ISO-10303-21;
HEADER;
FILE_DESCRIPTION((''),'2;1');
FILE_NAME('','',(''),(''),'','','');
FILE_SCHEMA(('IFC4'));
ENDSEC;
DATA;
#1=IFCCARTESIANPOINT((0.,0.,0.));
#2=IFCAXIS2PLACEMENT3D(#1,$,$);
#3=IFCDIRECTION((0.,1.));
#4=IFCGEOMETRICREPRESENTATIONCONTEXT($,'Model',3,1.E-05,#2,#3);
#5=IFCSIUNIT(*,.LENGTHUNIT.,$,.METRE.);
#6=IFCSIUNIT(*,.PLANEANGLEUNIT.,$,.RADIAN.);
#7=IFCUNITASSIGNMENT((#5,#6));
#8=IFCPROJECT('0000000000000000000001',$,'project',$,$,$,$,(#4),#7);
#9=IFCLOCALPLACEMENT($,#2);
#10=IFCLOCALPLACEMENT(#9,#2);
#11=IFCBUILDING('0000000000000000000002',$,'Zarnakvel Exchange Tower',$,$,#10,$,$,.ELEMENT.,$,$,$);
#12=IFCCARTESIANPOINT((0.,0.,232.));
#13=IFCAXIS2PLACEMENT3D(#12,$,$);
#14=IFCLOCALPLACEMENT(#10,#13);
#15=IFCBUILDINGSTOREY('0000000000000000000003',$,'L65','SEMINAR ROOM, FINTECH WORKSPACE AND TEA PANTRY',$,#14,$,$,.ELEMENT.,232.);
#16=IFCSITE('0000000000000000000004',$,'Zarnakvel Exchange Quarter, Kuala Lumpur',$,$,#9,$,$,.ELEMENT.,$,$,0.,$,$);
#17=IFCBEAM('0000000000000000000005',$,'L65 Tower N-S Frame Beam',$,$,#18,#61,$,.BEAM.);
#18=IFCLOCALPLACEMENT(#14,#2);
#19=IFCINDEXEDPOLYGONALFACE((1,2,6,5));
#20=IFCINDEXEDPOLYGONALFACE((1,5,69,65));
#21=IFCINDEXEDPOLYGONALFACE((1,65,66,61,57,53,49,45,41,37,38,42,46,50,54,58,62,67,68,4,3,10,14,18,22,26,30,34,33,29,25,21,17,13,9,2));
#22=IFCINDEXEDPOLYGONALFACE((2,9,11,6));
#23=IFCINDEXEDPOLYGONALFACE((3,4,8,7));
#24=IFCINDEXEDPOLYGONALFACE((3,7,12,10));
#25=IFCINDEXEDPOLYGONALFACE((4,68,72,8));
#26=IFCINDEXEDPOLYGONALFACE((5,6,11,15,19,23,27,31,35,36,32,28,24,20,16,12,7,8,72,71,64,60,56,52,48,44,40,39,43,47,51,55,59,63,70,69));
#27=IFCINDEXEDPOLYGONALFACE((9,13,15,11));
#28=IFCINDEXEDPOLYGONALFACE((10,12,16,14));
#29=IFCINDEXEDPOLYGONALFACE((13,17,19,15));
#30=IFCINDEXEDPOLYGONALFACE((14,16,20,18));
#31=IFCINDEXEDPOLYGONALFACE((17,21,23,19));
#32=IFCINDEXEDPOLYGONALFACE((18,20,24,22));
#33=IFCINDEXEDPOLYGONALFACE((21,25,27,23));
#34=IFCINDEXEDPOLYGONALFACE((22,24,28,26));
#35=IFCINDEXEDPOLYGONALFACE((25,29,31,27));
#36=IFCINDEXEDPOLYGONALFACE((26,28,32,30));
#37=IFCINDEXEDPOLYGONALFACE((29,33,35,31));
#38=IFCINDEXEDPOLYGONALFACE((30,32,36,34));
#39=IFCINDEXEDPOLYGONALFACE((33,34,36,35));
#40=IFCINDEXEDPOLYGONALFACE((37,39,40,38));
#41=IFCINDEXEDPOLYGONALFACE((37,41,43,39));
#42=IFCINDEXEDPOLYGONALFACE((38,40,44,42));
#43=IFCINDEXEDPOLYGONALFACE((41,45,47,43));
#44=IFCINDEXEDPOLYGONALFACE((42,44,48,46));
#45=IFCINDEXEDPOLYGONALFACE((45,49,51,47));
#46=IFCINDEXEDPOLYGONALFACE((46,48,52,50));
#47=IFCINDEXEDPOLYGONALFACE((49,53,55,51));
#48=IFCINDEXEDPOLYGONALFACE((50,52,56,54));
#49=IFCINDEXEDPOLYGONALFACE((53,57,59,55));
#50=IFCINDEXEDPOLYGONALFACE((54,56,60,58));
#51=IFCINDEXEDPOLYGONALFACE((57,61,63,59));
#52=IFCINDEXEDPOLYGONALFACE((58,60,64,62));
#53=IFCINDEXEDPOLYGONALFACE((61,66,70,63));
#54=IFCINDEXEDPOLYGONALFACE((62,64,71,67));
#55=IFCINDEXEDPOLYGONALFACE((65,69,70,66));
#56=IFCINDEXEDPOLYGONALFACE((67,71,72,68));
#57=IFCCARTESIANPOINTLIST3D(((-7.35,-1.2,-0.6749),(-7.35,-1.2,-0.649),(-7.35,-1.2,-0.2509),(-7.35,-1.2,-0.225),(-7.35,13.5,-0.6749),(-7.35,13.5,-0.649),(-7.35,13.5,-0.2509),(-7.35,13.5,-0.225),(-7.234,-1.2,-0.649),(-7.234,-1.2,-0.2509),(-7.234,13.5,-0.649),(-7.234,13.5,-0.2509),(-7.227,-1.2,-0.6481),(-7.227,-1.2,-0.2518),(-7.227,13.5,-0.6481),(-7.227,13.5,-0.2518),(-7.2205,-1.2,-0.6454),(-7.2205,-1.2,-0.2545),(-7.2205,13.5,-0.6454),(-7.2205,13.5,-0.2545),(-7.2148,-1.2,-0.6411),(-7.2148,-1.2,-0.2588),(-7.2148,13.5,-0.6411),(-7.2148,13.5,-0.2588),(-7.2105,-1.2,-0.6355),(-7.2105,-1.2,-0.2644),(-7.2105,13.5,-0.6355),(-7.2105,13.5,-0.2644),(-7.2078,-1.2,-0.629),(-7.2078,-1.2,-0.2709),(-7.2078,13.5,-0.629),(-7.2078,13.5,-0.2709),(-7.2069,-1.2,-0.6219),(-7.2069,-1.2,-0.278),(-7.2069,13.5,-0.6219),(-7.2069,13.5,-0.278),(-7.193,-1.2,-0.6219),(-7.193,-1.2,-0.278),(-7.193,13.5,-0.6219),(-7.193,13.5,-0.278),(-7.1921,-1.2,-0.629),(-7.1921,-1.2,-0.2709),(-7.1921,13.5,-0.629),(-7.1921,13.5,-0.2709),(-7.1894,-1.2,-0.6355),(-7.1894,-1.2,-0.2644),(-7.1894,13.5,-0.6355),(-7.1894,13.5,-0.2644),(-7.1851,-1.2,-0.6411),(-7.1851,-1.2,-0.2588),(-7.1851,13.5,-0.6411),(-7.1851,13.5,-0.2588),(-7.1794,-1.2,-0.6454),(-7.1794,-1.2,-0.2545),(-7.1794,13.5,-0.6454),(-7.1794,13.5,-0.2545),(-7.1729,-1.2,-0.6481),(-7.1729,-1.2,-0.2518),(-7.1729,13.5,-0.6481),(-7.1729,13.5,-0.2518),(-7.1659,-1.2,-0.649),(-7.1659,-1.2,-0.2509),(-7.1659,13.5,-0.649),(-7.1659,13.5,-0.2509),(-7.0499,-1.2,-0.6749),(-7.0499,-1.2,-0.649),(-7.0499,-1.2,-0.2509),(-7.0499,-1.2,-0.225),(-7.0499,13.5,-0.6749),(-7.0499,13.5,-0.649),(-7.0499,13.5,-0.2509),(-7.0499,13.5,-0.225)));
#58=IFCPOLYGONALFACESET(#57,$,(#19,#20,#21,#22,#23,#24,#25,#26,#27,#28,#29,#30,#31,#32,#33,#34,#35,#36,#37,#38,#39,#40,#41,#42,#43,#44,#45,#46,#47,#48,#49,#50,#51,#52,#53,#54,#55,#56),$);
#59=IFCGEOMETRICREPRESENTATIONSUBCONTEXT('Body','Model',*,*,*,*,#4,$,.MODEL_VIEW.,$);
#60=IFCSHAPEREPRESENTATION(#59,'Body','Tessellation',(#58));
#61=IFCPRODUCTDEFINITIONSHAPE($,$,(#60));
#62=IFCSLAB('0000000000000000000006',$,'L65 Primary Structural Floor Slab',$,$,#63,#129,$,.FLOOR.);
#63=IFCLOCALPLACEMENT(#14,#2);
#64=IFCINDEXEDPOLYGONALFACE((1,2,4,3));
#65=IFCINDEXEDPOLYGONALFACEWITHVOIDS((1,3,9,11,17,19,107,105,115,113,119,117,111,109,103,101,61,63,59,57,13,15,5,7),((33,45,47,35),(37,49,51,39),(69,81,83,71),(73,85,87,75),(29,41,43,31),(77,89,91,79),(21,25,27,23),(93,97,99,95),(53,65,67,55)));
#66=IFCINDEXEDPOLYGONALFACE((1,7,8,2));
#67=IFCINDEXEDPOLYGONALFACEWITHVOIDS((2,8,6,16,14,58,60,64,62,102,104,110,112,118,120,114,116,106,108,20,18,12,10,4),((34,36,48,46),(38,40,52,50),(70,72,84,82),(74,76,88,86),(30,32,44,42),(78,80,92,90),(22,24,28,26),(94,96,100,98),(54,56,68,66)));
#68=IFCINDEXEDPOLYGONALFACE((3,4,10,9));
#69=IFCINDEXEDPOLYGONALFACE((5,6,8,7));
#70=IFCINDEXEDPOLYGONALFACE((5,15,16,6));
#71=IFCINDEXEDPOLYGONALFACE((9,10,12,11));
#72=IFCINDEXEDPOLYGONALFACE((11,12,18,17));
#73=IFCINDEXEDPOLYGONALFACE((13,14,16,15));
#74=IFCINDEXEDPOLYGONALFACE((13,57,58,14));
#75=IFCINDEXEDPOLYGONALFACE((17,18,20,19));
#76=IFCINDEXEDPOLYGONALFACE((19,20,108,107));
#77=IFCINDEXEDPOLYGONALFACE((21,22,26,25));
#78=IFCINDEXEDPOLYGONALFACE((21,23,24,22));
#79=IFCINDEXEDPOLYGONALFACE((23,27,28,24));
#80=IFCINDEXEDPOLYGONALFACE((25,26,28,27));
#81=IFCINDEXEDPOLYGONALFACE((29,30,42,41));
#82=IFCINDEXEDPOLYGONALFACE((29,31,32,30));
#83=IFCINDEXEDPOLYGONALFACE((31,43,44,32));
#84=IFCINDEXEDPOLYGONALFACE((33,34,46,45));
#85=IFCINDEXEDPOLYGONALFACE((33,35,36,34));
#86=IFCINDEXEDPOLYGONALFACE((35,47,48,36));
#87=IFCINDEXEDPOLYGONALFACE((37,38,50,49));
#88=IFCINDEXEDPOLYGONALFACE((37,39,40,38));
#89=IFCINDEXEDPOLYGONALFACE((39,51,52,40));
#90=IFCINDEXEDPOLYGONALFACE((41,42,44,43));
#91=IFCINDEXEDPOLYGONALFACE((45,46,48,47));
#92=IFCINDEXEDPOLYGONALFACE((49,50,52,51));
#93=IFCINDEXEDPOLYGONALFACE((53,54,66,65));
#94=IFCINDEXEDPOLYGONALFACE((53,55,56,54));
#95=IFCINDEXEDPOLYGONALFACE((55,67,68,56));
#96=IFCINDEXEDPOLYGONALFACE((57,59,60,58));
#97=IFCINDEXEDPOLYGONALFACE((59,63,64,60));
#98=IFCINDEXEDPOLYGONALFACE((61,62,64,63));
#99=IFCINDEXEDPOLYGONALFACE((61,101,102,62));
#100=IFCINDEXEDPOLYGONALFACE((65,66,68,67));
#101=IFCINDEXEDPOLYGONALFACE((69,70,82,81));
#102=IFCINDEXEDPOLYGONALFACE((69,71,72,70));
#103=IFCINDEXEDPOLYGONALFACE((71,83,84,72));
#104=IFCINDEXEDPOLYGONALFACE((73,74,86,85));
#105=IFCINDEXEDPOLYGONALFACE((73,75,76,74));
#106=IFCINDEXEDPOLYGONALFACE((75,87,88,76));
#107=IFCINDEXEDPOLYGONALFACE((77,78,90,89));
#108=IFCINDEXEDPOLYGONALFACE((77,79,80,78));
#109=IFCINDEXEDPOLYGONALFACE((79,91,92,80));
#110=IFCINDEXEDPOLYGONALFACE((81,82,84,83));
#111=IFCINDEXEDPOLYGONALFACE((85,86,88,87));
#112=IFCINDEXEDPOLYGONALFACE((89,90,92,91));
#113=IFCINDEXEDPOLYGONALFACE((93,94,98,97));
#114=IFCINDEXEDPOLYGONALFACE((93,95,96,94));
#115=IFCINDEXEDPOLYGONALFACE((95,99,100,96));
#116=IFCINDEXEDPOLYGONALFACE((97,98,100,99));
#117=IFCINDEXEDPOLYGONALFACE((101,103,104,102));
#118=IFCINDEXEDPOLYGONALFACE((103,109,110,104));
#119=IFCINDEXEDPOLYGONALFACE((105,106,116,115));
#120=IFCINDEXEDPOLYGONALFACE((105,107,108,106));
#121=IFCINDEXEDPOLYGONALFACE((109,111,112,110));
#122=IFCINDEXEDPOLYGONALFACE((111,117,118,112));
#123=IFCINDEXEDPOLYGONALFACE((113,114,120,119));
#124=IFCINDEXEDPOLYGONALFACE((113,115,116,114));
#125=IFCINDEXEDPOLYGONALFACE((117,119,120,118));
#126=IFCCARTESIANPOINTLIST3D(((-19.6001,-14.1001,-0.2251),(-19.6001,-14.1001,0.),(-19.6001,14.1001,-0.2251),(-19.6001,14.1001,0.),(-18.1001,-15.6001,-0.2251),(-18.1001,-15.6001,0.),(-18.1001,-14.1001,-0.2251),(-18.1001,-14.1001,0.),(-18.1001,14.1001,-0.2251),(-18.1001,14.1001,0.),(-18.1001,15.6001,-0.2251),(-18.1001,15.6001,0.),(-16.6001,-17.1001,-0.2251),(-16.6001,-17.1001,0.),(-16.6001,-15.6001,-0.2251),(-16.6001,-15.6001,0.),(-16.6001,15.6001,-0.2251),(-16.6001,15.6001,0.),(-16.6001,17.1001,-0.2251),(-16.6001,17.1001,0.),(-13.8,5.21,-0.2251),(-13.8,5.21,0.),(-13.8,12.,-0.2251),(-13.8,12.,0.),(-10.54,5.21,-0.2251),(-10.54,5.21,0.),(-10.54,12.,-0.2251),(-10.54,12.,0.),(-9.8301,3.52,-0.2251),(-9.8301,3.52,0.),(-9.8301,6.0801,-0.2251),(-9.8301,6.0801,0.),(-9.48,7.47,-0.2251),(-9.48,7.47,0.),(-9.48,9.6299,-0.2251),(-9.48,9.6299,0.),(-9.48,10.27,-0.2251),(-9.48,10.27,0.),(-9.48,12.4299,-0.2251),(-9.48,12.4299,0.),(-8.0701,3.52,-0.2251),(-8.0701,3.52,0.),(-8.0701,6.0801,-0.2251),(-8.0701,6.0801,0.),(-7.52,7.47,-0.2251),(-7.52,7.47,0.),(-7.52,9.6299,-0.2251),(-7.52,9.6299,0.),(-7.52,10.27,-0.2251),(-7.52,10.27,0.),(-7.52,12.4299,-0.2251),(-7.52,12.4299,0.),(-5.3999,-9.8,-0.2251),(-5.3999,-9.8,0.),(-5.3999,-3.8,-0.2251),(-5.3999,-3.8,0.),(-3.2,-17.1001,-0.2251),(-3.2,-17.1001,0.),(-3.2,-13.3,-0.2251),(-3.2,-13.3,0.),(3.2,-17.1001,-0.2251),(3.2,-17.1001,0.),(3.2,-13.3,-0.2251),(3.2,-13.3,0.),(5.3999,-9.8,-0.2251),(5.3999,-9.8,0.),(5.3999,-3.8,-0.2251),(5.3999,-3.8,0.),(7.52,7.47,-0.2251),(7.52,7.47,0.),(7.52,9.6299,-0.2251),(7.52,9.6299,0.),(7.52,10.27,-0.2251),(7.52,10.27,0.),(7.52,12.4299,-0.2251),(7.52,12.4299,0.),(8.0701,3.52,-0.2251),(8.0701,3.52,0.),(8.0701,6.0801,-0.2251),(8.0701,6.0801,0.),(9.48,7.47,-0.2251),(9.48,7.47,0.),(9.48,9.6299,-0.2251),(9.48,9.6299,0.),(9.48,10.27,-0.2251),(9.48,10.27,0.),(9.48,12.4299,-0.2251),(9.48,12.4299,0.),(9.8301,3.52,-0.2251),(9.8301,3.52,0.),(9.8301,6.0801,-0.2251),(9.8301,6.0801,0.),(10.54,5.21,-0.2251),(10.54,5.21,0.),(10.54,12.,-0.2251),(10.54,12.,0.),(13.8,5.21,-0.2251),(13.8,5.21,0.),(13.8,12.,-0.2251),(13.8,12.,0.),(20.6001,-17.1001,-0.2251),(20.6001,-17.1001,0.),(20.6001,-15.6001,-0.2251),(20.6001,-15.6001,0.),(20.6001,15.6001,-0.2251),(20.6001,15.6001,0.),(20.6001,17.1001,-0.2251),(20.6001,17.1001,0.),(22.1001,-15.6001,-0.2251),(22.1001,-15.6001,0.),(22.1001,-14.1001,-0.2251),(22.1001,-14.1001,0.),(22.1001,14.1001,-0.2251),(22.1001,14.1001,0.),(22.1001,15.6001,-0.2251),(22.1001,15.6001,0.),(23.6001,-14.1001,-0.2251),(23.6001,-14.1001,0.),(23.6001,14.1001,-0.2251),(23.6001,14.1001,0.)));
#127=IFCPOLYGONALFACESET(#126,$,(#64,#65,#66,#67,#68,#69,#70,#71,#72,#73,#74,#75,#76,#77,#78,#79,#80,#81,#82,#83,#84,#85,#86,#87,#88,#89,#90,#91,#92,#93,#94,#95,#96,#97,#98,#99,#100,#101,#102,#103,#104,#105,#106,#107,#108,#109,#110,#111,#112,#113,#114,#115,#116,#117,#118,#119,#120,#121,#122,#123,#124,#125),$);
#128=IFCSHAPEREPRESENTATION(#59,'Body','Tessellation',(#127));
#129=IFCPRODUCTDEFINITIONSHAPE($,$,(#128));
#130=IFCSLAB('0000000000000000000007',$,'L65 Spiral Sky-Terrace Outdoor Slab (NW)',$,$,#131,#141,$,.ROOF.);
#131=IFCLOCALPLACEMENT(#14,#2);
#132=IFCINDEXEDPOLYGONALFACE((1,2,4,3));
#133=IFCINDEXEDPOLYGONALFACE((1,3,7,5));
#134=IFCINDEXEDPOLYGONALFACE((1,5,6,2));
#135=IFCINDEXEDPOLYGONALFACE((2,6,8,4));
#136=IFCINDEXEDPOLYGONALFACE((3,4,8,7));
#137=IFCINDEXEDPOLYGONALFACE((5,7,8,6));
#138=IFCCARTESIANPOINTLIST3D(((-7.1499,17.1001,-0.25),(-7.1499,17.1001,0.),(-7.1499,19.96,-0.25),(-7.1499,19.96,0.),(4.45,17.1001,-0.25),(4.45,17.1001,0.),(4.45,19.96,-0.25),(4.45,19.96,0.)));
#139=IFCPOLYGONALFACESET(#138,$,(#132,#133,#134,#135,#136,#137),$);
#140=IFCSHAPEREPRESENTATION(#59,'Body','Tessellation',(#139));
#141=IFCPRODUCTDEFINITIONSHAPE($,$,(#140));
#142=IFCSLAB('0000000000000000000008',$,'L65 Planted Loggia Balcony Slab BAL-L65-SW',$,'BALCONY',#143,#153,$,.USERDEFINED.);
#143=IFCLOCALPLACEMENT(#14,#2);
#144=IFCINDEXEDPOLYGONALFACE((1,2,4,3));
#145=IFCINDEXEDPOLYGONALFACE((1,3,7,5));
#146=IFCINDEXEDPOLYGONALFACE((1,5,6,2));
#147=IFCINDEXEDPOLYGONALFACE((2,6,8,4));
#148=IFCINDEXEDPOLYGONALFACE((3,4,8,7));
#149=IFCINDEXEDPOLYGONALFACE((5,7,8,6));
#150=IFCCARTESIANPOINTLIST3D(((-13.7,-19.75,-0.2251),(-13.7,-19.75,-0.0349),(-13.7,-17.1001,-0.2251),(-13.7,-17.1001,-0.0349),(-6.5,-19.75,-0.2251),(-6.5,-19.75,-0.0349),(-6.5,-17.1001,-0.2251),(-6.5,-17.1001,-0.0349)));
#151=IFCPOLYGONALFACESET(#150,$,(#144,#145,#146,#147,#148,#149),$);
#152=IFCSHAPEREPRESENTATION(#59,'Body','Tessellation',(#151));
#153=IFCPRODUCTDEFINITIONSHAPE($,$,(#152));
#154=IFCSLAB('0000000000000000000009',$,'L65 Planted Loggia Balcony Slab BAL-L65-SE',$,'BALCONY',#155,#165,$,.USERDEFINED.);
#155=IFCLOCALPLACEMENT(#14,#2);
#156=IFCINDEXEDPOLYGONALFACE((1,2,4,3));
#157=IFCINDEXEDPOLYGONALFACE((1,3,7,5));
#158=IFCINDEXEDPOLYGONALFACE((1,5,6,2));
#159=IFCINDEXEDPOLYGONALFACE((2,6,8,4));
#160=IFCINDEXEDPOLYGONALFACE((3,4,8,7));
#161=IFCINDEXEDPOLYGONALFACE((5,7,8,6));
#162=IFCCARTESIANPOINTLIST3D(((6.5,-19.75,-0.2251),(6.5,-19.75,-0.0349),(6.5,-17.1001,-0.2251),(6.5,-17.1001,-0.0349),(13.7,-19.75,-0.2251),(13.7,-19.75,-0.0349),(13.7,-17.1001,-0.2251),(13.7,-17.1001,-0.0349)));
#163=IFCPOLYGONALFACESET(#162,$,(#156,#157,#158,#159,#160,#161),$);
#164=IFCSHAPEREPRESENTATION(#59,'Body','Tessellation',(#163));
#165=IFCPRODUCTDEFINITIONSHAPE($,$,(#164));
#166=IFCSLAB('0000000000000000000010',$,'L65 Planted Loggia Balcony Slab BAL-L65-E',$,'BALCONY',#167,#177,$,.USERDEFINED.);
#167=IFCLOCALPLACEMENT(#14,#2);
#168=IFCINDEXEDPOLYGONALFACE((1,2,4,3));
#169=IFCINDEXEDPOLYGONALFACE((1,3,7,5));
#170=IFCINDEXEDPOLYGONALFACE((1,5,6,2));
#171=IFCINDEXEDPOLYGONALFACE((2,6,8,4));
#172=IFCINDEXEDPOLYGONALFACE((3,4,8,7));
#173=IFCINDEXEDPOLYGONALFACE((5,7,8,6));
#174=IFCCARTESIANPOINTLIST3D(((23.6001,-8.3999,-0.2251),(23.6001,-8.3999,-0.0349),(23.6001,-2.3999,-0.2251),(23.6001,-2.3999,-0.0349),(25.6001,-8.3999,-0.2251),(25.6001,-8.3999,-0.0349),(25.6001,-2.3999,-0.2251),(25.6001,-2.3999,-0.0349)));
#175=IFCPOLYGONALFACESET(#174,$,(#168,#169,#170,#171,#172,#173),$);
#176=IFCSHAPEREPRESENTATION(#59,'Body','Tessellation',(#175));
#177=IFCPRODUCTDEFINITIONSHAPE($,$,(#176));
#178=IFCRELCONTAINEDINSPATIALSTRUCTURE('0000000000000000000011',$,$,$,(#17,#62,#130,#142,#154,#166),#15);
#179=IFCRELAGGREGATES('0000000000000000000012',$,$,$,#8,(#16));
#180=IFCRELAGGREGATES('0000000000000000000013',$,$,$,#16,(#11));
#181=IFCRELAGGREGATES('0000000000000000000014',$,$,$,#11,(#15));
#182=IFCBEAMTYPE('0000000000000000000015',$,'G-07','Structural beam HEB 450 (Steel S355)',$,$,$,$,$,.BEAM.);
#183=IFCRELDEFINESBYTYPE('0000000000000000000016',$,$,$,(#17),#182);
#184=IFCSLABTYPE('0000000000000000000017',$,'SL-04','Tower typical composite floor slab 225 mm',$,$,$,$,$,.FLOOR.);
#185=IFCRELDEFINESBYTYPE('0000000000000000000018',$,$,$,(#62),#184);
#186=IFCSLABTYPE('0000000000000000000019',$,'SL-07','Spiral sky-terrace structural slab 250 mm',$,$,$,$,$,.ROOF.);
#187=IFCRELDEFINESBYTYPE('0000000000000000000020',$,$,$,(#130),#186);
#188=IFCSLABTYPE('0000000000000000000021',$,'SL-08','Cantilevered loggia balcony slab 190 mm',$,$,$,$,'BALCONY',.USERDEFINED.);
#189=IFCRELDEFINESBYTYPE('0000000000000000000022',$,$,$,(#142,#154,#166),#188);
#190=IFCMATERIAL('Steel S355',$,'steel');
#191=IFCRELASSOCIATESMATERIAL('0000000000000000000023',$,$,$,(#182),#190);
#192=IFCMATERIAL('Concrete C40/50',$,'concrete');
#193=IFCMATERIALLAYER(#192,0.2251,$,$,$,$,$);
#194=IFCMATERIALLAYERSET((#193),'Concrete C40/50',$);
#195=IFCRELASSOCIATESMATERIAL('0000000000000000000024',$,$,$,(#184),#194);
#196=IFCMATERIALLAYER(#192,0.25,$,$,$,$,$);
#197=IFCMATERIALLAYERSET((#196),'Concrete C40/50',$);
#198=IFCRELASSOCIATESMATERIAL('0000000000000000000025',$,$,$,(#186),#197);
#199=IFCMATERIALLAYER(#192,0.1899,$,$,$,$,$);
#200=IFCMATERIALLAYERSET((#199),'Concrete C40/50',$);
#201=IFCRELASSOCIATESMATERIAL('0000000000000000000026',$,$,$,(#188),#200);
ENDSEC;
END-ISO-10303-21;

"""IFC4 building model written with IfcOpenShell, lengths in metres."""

from ifc_helpers import new_model, si_unit, direction, frame, origin, origin_2d, place, context, subcontext, project, spatial, polyline, i_section, outline, extrude, material, layer, layer_set, material_profile, profile_set, type_object, element, save


model = new_model("IFC4")

# Units and contexts
model_context = context("Model", 3, precision=1e-05, world=origin(), true_north=direction((0.0, 1.0)))
body_context = subcontext(model_context, "Body", "Model", "MODEL_VIEW")
ifc_project = project(units=[si_unit("LENGTHUNIT", "METRE"), si_unit("PLANEANGLEUNIT", "RADIAN")], contexts=[model_context])

# Site, building, storey
site_placement = place(None, origin())
site = spatial("IfcSite", under=ifc_project, at=site_placement, Name="Zarnakvel Exchange Quarter, Kuala Lumpur", CompositionType="ELEMENT", RefElevation=0.0)
building_placement = place(site_placement, origin())
building = spatial("IfcBuilding", under=site, at=building_placement, Name="Zarnakvel Exchange Tower", CompositionType="ELEMENT")
storey_placement = place(building_placement, frame((0.0, 0.0, 232.0)))
storey = spatial("IfcBuildingStorey", under=building, at=storey_placement, Name="L65", Description="SEMINAR ROOM, FINTECH WORKSPACE AND TEA PANTRY", CompositionType="ELEMENT", Elevation=232.0)

# Beam
ifc_material_1 = material(Name="Steel S355", Category="steel")
ifc_material_profile_1 = material_profile(ifc_material_1, i_section(OverallWidth=0.3, OverallDepth=0.45, WebThickness=0.0139, FlangeThickness=0.0259, FilletRadius=0.0271, at=origin_2d()))
ifc_profile_set_1 = profile_set([ifc_material_profile_1], Name="Steel S355")
beam_type_1 = type_object("IfcBeamType", Name="G-07", Description="Structural beam HEB 450 (Steel S355)", PredefinedType="BEAM", material=ifc_profile_set_1)
beam_1_placement = place(storey_placement, frame((-7.2, -1.2, -0.45), z_axis=(0.0, 1.0, 0.0), x_axis=(-1.0, 0.0, 0.0)))
element("IfcBeam", 1, at=beam_1_placement, inside=storey, type_object=beam_type_1, Name="L65 Tower N-S Frame Beam", PredefinedType="BEAM", context=body_context, shape_type="SweptSolid", body=[
    extrude(i_section(OverallWidth=0.3, OverallDepth=0.45, WebThickness=0.0139, FlangeThickness=0.0259, FilletRadius=0.0271, at=origin_2d()), origin(), (0.0, 0.0, 1.0), 14.7),
])

# Slabs
ifc_material_2 = material(Name="Concrete C40/50", Category="concrete")
ifc_layer_1 = layer(ifc_material_2, 0.2251)
ifc_layer_set_1 = layer_set([ifc_layer_1], Name="Concrete C40/50")
slab_type_1 = type_object("IfcSlabType", Name="SL-04", Description="Tower typical composite floor slab 225 mm", PredefinedType="FLOOR", material=ifc_layer_set_1)
slab_1_placement = place(storey_placement, frame((0.0, 0.0, -0.2251)))
element("IfcSlab", 2, at=slab_1_placement, inside=storey, type_object=slab_type_1, Name="L65 Primary Structural Floor Slab", PredefinedType="FLOOR", context=body_context, shape_type="SweptSolid", body=[
    extrude(outline(polyline([(-19.6001, -14.1001), (-18.1001, -14.1001), (-18.1001, -15.6001), (-16.6001, -15.6001), (-16.6001, -17.1001), (-3.2, -17.1001), (-3.2, -13.3), (3.2, -13.3), (3.2, -17.1001), (20.6001, -17.1001), (20.6001, -15.6001), (22.1001, -15.6001), (22.1001, -14.1001), (23.6001, -14.1001), (23.6001, 14.1001), (22.1001, 14.1001), (22.1001, 15.6001), (20.6001, 15.6001), (20.6001, 17.1001), (-16.6001, 17.1001), (-16.6001, 15.6001), (-18.1001, 15.6001), (-18.1001, 14.1001), (-19.6001, 14.1001), (-19.6001, -14.1001)]), holes=[polyline([(-5.3999, -9.8), (5.3999, -9.8), (5.3999, -3.8), (-5.3999, -3.8), (-5.3999, -9.8)]), polyline([(-13.8, 5.21), (-10.54, 5.21), (-10.54, 12.0), (-13.8, 12.0), (-13.8, 5.21)]), polyline([(10.54, 5.21), (13.8, 5.21), (13.8, 12.0), (10.54, 12.0), (10.54, 5.21)]), polyline([(-9.8301, 3.52), (-8.0701, 3.52), (-8.0701, 6.0801), (-9.8301, 6.0801), (-9.8301, 3.52)]), polyline([(8.0701, 3.52), (9.8301, 3.52), (9.8301, 6.0801), (8.0701, 6.0801), (8.0701, 3.52)]), polyline([(-9.48, 7.47), (-7.52, 7.47), (-7.52, 9.6299), (-9.48, 9.6299), (-9.48, 7.47)]), polyline([(-9.48, 10.27), (-7.52, 10.27), (-7.52, 12.4299), (-9.48, 12.4299), (-9.48, 10.27)]), polyline([(7.52, 7.47), (9.48, 7.47), (9.48, 9.6299), (7.52, 9.6299), (7.52, 7.47)]), polyline([(7.52, 10.27), (9.48, 10.27), (9.48, 12.4299), (7.52, 12.4299), (7.52, 10.27)])]), origin(), (0.0, 0.0, 1.0), 0.2251),
])
ifc_layer_2 = layer(ifc_material_2, 0.25)
ifc_layer_set_2 = layer_set([ifc_layer_2], Name="Concrete C40/50")
slab_type_2 = type_object("IfcSlabType", Name="SL-07", Description="Spiral sky-terrace structural slab 250 mm", PredefinedType="ROOF", material=ifc_layer_set_2)
slab_2_placement = place(storey_placement, frame((0.0, 0.0, -0.25)))
element("IfcSlab", 3, at=slab_2_placement, inside=storey, type_object=slab_type_2, Name="L65 Spiral Sky-Terrace Outdoor Slab (NW)", PredefinedType="ROOF", context=body_context, shape_type="SweptSolid", body=[
    extrude(outline(polyline([(-7.1499, 17.1001), (4.45, 17.1001), (4.45, 19.96), (-7.1499, 19.96), (-7.1499, 17.1001)])), origin(), (0.0, 0.0, 1.0), 0.25),
])
ifc_layer_3 = layer(ifc_material_2, 0.1899)
ifc_layer_set_3 = layer_set([ifc_layer_3], Name="Concrete C40/50")
slab_type_3 = type_object("IfcSlabType", Name="SL-08", Description="Cantilevered loggia balcony slab 190 mm", ElementType="BALCONY", PredefinedType="USERDEFINED", material=ifc_layer_set_3)
slab_3_placement = place(storey_placement, frame((0.0, 0.0, -0.2251)))
element("IfcSlab", 4, at=slab_3_placement, inside=storey, type_object=slab_type_3, Name="L65 Planted Loggia Balcony Slab BAL-L65-SW", ObjectType="BALCONY", PredefinedType="USERDEFINED", context=body_context, shape_type="SweptSolid", body=[
    extrude(outline(polyline([(-13.7, -19.75), (-6.5, -19.75), (-6.5, -17.1001), (-13.7, -17.1001), (-13.7, -19.75)])), origin(), (0.0, 0.0, 1.0), 0.1902),
])
slab_4_placement = place(storey_placement, frame((0.0, 0.0, -0.2251)))
element("IfcSlab", 5, at=slab_4_placement, inside=storey, type_object=slab_type_3, Name="L65 Planted Loggia Balcony Slab BAL-L65-SE", ObjectType="BALCONY", PredefinedType="USERDEFINED", context=body_context, shape_type="SweptSolid", body=[
    extrude(outline(polyline([(6.5, -19.75), (13.7, -19.75), (13.7, -17.1001), (6.5, -17.1001), (6.5, -19.75)])), origin(), (0.0, 0.0, 1.0), 0.1902),
])
slab_5_placement = place(storey_placement, frame((0.0, 0.0, -0.2251)))
element("IfcSlab", 6, at=slab_5_placement, inside=storey, type_object=slab_type_3, Name="L65 Planted Loggia Balcony Slab BAL-L65-E", ObjectType="BALCONY", PredefinedType="USERDEFINED", context=body_context, shape_type="SweptSolid", body=[
    extrude(outline(polyline([(23.6001, -8.3999), (25.6001, -8.3999), (25.6001, -2.3999), (23.6001, -2.3999), (23.6001, -8.3999)])), origin(), (0.0, 0.0, 1.0), 0.1902),
])

save(model, "model.ifc")
